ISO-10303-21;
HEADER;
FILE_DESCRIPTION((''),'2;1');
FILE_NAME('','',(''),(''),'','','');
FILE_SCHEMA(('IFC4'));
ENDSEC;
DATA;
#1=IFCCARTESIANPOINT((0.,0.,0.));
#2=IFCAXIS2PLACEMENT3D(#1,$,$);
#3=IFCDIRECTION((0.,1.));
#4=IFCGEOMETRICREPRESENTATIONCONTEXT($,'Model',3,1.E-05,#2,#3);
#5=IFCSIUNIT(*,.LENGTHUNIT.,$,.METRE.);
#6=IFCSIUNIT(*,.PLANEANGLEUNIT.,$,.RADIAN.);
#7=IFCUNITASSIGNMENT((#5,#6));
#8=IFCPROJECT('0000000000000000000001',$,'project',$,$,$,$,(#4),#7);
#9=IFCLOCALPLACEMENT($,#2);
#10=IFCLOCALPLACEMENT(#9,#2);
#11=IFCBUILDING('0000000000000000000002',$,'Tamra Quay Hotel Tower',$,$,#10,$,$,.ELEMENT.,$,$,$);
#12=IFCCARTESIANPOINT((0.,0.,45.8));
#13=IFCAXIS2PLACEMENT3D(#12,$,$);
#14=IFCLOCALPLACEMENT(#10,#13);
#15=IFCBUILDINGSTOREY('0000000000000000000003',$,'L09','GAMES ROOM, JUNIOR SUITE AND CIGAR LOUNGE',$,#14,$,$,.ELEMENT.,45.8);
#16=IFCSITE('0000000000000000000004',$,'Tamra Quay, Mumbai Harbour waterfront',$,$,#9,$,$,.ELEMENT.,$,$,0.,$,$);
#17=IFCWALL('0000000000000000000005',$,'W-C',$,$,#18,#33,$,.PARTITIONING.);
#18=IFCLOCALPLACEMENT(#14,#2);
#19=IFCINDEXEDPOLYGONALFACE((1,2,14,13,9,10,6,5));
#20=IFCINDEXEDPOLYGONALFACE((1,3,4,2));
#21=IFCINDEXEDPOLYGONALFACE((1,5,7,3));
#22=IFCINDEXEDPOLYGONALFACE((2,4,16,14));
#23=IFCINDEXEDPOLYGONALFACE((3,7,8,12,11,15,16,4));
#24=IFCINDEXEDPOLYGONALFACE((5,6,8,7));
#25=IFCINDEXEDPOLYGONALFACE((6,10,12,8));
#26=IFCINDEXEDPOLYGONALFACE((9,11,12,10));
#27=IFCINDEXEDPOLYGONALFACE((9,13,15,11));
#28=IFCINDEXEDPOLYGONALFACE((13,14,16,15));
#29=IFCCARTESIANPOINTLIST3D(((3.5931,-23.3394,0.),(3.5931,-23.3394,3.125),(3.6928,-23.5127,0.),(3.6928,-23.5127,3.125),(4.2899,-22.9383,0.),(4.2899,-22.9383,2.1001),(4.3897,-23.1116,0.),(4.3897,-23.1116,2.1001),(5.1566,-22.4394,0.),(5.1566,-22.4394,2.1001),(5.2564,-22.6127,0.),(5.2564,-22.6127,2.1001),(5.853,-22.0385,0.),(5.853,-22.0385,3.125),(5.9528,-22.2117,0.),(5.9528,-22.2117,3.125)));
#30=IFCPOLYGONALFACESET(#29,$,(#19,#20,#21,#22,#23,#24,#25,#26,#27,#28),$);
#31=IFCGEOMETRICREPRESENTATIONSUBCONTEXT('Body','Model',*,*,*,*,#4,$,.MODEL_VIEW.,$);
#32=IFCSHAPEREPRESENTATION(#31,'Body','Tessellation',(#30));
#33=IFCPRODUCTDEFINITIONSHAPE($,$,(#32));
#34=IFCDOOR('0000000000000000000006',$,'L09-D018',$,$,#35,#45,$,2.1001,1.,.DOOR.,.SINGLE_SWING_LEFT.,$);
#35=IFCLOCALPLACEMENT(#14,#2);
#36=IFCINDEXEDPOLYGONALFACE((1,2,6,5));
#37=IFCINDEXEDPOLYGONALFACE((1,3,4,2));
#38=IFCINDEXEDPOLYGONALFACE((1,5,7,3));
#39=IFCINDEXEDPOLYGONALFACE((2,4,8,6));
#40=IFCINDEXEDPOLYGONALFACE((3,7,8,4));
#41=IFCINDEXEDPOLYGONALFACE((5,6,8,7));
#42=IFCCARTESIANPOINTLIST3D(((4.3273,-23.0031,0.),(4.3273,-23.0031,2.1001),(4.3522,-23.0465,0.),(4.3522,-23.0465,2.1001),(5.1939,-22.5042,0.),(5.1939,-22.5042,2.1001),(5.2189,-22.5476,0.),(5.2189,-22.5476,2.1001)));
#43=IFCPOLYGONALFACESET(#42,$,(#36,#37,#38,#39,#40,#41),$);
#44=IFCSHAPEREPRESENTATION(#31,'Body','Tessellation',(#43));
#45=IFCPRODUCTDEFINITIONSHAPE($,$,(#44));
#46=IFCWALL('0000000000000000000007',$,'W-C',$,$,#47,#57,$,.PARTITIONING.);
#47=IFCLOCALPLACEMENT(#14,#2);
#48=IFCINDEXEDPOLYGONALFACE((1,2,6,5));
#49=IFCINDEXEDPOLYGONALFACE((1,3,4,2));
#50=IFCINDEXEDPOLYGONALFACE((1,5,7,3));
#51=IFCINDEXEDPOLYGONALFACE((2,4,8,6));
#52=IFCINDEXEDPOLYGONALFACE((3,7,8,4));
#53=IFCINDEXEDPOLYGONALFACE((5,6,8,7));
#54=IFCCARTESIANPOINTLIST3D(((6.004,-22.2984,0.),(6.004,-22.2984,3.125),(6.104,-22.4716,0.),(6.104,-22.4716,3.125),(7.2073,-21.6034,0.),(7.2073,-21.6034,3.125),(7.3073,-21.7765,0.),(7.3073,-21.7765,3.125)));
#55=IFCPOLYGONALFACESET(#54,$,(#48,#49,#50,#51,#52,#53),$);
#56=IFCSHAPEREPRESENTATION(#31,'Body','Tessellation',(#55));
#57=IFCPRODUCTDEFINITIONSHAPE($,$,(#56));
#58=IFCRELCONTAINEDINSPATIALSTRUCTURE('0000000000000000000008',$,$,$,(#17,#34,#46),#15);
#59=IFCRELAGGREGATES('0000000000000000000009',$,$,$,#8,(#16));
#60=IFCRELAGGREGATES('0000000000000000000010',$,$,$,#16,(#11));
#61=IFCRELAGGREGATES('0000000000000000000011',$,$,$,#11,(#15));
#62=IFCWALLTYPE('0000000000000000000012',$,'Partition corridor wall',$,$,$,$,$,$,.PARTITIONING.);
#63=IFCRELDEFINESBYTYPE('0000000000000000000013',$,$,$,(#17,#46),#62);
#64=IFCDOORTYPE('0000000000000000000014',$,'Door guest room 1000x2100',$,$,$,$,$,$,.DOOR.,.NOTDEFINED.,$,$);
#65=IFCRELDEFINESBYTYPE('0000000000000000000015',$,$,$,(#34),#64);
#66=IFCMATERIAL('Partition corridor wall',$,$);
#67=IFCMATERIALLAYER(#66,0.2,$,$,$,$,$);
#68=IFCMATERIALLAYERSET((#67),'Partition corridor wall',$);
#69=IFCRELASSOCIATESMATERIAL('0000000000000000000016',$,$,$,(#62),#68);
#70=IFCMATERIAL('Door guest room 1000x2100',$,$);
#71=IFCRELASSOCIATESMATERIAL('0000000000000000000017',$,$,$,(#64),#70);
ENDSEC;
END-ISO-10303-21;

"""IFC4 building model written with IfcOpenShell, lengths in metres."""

from ifc_helpers import new_model, si_unit, direction, frame, frame_2d, origin, place, context, subcontext, project, spatial, rectangle, extrude, material, layer, layer_set, type_object, element, fill, save


model = new_model("IFC4")

# Units and contexts
model_context = context("Model", 3, precision=1e-05, world=origin(), true_north=direction((0.0, 1.0)))
body_context = subcontext(model_context, "Body", "Model", "MODEL_VIEW")
ifc_project = project(units=[si_unit("LENGTHUNIT", "METRE"), si_unit("PLANEANGLEUNIT", "RADIAN")], contexts=[model_context])

# Site, building, storey
site_placement = place(None, origin())
site = spatial("IfcSite", under=ifc_project, at=site_placement, Name="Tamra Quay, Mumbai Harbour waterfront", CompositionType="ELEMENT", RefElevation=0.0)
building_placement = place(site_placement, origin())
building = spatial("IfcBuilding", under=site, at=building_placement, Name="Tamra Quay Hotel Tower", CompositionType="ELEMENT")
storey_placement = place(building_placement, frame((0.0, 0.0, 45.8)))
storey = spatial("IfcBuildingStorey", under=building, at=storey_placement, Name="L09", Description="GAMES ROOM, JUNIOR SUITE AND CIGAR LOUNGE", CompositionType="ELEMENT", Elevation=45.8)

# Wall, opening, door
ifc_material_1 = material(Name="Partition corridor wall")
ifc_layer_1 = layer(ifc_material_1, 0.2)
ifc_layer_set_1 = layer_set([ifc_layer_1], Name="Partition corridor wall")
wall_type_1 = type_object("IfcWallType", Name="Partition corridor wall", PredefinedType="PARTITIONING", material=ifc_layer_set_1)
wall_1_placement = place(storey_placement, frame((3.6431, -23.426, 0.0), z_axis=(0.0, 0.0, 1.0), x_axis=(0.866654, 0.498909, 0.0)))
wall_1 = element("IfcWall", 1, at=wall_1_placement, inside=storey, type_object=wall_type_1, Name="W-C", PredefinedType="PARTITIONING", context=body_context, shape_type="SweptSolid", body=[
    extrude(rectangle(XDim=2.6077, YDim=0.2, at=frame_2d((1.3037, 0.0))), origin(), (0.0, 0.0, 1.0), 3.125),
])
opening_1_placement = place(wall_1_placement, frame((0.804, 0.0, 0.0)))
opening_1 = element("IfcOpeningElement", 2, at=opening_1_placement, cuts=wall_1, PredefinedType="OPENING", context=body_context, shape_type="SweptSolid", body=[
    extrude(rectangle(XDim=1.0, YDim=2.1001, at=frame_2d((0.5, 1.05))), frame((0.0, 0.1099, 0.0), z_axis=(0.0, -1.0, 0.0), x_axis=(1.0, 0.0, 0.0)), (0.0, 0.0, 1.0), 0.22),
])
ifc_material_2 = material(Name="Door guest room 1000x2100")
door_type_1 = type_object("IfcDoorType", Name="Door guest room 1000x2100", OperationType="NOTDEFINED", PredefinedType="DOOR", material=ifc_material_2)
door_1_placement = place(opening_1_placement, frame((1.0, 0.0, 0.0), z_axis=(0.0, 0.0, 1.0), x_axis=(-1.0, 0.0, 0.0)))
door_1 = element("IfcDoor", 3, at=door_1_placement, inside=storey, type_object=door_type_1, Name="L09-D018", OperationType="SINGLE_SWING_LEFT", OverallHeight=2.1001, OverallWidth=1.0, PredefinedType="DOOR", context=body_context, shape_type="SweptSolid", body=[
    extrude(rectangle(XDim=1.0, YDim=2.1001, at=frame_2d((0.5, 1.05))), frame((0.0, 0.0249, 0.0), z_axis=(0.0, -1.0, 0.0), x_axis=(1.0, 0.0, 0.0)), (0.0, 0.0, 1.0), 0.05),
])
fill(opening_1, door_1)

# Wall
wall_2_placement = place(storey_placement, frame((6.054, -22.385, 0.0), z_axis=(0.0, 0.0, 1.0), x_axis=(0.865931, 0.500163, 0.0)))
element("IfcWall", 4, at=wall_2_placement, inside=storey, type_object=wall_type_1, Name="W-C", PredefinedType="PARTITIONING", context=body_context, shape_type="SweptSolid", body=[
    extrude(rectangle(XDim=1.3896, YDim=0.2, at=frame_2d((0.6948, 0.0))), origin(), (0.0, 0.0, 1.0), 3.125),
])

save(model, "model.ifc")
